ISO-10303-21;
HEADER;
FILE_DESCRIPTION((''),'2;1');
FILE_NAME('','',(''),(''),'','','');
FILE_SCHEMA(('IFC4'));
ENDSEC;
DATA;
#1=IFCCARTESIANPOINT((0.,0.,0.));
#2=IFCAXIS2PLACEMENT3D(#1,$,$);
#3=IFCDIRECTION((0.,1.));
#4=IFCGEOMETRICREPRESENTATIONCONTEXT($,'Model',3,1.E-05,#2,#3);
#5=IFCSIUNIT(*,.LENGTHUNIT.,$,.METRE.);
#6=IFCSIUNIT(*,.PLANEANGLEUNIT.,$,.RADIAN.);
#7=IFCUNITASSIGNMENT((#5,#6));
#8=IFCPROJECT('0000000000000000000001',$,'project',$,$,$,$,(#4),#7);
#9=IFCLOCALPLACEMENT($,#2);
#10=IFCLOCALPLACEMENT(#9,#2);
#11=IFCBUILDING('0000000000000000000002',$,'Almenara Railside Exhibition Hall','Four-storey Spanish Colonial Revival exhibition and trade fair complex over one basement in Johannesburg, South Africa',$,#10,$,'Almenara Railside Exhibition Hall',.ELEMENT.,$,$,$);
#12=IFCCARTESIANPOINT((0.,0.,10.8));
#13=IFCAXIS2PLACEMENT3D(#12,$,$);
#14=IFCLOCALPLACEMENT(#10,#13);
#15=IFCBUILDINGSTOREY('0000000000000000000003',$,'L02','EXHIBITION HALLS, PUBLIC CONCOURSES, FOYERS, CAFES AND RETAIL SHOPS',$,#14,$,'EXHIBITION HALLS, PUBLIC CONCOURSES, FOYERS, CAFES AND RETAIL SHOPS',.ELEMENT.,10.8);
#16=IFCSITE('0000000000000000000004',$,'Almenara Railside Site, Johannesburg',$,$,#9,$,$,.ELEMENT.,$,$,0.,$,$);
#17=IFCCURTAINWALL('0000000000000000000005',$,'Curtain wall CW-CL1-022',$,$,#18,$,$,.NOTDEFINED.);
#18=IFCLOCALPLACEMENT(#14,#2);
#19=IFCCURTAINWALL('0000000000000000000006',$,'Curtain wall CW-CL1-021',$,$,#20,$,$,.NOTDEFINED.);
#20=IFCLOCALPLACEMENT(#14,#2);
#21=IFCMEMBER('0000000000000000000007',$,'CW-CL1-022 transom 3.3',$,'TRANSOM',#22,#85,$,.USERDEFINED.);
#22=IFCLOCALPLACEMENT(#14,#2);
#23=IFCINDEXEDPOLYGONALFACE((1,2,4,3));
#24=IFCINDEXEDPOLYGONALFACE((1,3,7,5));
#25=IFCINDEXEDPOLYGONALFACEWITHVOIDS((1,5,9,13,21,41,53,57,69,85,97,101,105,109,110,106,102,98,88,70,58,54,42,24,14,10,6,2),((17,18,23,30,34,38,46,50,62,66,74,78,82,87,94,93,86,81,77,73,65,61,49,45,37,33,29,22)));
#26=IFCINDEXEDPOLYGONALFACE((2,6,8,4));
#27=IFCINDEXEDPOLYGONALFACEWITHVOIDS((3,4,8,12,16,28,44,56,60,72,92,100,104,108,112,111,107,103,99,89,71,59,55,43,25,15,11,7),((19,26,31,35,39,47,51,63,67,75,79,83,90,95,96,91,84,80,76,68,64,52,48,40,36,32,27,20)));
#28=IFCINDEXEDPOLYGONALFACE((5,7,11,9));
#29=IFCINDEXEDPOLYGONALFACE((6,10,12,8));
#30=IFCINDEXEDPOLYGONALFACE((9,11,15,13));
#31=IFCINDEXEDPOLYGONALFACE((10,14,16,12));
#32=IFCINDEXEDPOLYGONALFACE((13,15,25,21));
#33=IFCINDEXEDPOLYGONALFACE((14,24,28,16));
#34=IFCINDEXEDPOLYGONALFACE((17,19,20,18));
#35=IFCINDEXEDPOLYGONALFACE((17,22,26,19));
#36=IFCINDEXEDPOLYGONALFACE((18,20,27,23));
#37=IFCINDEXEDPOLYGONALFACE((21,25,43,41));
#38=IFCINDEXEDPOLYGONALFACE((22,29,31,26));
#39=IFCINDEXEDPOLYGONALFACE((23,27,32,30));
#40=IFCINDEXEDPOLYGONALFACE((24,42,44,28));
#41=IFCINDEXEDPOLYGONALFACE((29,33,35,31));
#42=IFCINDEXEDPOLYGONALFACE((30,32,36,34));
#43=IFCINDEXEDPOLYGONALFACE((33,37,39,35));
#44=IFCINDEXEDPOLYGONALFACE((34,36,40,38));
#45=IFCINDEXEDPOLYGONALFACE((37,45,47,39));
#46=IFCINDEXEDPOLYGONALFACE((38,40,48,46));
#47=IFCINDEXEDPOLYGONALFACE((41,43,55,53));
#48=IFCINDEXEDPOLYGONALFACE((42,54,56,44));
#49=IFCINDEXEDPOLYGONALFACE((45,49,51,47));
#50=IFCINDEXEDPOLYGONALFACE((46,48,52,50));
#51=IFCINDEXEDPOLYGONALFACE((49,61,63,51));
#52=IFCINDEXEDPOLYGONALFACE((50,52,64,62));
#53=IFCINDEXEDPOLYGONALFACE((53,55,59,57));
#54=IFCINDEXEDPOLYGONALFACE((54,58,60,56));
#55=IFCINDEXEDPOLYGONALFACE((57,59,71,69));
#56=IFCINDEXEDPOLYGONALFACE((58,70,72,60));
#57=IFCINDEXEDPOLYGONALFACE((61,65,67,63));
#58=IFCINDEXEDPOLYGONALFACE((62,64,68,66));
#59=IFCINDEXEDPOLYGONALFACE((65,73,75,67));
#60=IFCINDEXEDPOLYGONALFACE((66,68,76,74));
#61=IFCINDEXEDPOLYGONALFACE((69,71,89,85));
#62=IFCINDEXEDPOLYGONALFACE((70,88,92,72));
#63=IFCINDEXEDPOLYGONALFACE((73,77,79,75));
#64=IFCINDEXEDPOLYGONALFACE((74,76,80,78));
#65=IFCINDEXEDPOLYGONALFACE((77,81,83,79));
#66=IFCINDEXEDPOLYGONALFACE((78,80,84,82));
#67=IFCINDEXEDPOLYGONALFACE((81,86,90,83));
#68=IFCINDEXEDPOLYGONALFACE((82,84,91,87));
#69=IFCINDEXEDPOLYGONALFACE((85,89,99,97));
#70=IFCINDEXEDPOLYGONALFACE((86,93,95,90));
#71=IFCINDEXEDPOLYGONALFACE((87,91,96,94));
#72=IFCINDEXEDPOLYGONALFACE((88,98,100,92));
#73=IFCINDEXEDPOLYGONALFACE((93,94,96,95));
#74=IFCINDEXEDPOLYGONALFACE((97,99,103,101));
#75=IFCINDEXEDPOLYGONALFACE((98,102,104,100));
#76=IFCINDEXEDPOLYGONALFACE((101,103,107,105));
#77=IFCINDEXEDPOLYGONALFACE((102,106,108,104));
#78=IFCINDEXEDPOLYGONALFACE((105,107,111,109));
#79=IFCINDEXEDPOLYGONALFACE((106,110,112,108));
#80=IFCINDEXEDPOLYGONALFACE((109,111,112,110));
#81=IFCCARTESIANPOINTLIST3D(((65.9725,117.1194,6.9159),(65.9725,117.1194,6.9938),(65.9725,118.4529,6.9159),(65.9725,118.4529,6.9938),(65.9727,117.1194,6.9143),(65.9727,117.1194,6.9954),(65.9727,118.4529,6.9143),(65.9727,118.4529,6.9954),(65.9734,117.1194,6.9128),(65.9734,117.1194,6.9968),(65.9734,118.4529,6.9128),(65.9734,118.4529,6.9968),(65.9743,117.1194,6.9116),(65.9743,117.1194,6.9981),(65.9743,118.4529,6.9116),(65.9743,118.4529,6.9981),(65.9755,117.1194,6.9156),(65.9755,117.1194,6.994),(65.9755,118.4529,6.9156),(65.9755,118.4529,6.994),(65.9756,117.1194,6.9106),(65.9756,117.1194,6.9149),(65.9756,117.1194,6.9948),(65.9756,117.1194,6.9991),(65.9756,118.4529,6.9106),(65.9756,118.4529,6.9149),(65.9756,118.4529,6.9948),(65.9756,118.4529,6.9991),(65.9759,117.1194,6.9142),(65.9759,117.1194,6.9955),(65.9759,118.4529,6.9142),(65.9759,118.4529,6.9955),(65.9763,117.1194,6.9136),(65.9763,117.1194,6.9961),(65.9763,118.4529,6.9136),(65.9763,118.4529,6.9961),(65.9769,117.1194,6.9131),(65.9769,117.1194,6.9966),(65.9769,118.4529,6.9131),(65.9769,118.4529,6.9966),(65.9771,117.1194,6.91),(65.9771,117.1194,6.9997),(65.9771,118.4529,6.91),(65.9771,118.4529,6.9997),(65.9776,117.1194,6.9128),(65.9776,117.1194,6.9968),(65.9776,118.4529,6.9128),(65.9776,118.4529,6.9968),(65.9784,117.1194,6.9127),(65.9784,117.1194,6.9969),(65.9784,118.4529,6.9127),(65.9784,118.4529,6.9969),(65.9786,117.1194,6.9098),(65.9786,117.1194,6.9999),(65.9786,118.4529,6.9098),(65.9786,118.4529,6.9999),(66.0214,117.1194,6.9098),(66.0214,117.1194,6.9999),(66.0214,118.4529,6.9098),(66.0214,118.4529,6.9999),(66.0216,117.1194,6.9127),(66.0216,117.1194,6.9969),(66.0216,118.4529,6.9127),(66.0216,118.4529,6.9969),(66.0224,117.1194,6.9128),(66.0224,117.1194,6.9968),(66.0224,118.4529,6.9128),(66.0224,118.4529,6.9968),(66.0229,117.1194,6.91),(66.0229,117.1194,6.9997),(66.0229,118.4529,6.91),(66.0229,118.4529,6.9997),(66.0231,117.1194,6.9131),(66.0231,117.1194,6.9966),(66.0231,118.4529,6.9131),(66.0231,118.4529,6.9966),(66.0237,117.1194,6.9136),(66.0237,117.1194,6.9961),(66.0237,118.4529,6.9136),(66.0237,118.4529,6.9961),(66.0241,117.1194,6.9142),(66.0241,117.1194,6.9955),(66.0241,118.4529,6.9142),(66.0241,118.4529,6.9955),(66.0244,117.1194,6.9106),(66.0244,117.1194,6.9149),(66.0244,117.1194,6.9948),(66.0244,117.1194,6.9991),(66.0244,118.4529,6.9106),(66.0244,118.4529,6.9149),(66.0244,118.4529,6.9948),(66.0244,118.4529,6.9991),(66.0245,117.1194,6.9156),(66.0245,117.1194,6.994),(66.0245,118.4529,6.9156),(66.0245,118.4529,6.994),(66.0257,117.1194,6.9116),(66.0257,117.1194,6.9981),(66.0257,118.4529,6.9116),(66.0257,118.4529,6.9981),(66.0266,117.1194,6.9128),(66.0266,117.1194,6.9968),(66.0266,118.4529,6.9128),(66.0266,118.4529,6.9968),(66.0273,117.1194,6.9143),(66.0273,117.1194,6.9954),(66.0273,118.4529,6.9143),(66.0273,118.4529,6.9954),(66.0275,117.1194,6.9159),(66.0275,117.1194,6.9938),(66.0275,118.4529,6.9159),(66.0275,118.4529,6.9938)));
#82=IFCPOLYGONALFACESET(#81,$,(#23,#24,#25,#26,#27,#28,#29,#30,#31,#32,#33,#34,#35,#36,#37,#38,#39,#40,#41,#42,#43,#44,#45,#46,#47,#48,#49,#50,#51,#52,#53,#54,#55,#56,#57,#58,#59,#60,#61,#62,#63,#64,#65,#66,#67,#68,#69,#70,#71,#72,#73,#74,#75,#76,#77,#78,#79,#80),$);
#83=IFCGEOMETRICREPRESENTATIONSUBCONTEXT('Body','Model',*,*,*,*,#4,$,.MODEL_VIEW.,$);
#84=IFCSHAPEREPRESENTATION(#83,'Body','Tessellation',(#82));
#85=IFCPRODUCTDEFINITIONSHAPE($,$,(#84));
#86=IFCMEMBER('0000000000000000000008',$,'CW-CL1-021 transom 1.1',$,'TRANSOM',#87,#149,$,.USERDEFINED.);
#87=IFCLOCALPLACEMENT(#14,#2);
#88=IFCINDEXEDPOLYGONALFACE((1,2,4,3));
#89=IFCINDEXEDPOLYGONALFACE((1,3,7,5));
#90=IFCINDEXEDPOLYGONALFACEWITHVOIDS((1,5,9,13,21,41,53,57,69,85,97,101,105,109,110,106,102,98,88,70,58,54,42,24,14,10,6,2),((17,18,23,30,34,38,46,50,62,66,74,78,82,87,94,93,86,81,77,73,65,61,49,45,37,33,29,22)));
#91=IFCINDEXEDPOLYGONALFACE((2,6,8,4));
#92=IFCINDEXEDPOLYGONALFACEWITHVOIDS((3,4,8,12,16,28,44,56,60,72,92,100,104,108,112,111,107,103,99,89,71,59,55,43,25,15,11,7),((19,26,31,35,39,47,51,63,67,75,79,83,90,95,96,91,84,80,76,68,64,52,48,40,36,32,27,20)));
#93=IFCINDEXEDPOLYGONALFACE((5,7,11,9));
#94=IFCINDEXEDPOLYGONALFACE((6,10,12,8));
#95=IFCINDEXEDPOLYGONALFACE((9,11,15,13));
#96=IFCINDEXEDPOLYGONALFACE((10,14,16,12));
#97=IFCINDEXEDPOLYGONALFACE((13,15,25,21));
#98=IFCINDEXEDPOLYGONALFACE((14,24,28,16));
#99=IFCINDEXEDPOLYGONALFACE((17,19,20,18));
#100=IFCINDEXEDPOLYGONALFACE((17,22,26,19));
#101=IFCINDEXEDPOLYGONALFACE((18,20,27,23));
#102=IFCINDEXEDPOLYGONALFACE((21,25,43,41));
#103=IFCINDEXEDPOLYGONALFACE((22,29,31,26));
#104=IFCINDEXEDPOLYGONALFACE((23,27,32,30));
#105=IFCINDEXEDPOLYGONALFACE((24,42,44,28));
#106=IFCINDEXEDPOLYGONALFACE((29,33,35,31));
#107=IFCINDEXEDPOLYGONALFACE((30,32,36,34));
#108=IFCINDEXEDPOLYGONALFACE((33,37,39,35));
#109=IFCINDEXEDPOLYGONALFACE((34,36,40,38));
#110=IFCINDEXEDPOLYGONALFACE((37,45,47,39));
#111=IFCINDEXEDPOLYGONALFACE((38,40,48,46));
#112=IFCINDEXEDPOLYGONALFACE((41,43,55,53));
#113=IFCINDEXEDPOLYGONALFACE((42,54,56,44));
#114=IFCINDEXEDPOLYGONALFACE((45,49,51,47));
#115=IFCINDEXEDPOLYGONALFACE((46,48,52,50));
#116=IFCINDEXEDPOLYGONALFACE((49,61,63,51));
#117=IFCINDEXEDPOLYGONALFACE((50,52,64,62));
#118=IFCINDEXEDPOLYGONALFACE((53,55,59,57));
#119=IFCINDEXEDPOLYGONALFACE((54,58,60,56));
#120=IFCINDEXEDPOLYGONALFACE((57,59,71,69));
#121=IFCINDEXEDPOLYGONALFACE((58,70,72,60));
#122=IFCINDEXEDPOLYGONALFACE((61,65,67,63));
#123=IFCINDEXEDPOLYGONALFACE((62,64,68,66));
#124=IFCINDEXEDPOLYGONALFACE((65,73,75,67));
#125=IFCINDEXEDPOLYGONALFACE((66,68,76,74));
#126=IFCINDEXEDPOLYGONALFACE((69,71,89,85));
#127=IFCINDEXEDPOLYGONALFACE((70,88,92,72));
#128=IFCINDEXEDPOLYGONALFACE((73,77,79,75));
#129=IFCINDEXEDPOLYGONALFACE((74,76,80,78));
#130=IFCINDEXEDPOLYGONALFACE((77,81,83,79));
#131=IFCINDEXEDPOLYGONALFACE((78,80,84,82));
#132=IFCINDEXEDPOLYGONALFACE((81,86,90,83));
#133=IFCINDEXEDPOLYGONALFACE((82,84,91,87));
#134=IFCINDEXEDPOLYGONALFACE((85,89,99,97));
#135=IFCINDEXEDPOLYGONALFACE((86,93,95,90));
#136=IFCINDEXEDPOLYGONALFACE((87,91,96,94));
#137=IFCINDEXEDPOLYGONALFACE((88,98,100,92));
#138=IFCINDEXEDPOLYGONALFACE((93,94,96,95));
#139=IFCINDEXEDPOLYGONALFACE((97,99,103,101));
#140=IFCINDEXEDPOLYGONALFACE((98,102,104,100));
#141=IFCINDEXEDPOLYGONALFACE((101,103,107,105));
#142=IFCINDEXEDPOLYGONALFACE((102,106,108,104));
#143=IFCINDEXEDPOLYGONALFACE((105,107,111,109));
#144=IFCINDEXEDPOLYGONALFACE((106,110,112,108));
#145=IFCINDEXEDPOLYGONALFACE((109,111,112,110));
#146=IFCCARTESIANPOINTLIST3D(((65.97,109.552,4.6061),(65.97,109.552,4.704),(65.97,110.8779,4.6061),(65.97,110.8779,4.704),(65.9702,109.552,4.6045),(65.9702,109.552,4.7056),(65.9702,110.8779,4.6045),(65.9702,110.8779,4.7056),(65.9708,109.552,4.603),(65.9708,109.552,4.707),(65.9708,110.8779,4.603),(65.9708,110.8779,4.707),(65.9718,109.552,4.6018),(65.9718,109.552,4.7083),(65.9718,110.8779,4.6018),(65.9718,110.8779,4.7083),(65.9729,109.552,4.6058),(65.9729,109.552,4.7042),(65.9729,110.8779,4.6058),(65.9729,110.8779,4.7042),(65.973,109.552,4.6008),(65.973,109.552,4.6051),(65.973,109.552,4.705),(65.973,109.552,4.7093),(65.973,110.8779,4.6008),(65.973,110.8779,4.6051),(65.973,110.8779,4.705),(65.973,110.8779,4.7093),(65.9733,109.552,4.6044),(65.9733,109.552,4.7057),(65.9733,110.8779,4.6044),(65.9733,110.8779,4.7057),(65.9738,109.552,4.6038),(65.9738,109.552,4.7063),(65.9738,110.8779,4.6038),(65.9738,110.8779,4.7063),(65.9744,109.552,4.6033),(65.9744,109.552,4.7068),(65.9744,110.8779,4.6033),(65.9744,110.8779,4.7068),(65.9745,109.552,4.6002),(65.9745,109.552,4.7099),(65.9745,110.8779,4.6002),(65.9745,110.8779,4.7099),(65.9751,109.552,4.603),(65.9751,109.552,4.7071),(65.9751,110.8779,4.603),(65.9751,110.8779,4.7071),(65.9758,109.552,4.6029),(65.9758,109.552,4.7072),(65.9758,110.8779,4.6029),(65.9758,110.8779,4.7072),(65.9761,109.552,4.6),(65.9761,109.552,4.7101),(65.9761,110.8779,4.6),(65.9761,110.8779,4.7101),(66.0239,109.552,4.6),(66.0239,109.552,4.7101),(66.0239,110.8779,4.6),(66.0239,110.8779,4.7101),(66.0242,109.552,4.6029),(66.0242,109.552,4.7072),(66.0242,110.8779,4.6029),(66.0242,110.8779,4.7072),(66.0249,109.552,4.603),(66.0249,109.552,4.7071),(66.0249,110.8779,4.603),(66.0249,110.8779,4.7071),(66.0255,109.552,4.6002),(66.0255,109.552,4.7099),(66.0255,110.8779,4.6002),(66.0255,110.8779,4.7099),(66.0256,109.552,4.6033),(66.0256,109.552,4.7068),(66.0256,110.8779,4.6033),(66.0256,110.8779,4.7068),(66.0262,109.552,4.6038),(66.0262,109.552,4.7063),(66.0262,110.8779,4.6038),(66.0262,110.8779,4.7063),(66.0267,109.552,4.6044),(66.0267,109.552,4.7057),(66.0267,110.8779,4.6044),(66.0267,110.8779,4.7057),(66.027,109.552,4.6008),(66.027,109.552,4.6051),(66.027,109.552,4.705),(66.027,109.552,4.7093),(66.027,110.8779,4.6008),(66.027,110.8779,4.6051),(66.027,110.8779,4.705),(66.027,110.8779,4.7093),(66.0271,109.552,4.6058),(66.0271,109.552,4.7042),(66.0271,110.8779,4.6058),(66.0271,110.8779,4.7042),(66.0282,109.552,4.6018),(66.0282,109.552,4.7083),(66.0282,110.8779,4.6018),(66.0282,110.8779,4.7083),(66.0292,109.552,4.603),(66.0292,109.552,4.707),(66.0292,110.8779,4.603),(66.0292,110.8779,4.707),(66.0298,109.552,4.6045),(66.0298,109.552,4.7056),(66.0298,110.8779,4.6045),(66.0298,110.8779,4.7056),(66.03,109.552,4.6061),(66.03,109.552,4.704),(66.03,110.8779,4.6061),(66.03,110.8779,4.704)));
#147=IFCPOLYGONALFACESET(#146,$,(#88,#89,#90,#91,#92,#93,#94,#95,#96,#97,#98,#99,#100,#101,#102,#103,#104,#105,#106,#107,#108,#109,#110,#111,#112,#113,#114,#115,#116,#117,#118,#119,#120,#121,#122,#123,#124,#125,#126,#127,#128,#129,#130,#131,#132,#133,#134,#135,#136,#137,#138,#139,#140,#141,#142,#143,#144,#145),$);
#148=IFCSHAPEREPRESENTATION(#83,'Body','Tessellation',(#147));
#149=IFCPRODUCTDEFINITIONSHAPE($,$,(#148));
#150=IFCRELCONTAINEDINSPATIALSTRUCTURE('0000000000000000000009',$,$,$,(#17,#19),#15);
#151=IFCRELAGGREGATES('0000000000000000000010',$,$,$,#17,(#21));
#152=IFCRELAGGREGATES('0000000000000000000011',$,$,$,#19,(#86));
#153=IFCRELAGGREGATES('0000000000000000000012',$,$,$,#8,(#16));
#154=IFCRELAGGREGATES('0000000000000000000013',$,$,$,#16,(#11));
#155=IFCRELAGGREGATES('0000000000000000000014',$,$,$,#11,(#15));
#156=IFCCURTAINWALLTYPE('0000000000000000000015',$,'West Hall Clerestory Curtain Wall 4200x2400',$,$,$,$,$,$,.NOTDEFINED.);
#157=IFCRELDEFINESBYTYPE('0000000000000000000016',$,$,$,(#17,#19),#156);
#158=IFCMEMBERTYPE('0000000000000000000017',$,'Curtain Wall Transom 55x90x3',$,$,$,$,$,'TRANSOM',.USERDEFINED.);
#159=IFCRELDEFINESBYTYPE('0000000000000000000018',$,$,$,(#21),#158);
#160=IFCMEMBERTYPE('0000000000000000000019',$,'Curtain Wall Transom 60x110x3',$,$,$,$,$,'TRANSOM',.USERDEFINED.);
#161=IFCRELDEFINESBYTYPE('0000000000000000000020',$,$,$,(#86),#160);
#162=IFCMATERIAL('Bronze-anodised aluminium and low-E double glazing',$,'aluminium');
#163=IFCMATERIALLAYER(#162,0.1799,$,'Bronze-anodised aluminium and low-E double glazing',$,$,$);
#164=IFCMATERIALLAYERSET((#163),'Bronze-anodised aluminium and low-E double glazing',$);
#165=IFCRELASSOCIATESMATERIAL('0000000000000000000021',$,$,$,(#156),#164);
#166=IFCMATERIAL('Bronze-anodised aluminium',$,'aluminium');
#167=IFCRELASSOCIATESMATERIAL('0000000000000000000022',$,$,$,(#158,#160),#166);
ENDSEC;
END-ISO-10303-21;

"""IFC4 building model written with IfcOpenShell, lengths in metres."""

from ifc_helpers import new_model, si_unit, direction, frame, origin, origin_2d, place, context, subcontext, project, spatial, hollow_rectangle, extrude, material, layer, layer_set, material_profile, profile_set, type_object, element, aggregate, save


model = new_model("IFC4")

# Units and contexts
model_context = context("Model", 3, precision=1e-05, world=origin(), true_north=direction((0.0, 1.0)))
body_context = subcontext(model_context, "Body", "Model", "MODEL_VIEW")
ifc_project = project(units=[si_unit("LENGTHUNIT", "METRE"), si_unit("PLANEANGLEUNIT", "RADIAN")], contexts=[model_context])

# Site, building, storey
site_placement = place(None, origin())
site = spatial("IfcSite", under=ifc_project, at=site_placement, Name="Almenara Railside Site, Johannesburg", CompositionType="ELEMENT", RefElevation=0.0)
building_placement = place(site_placement, origin())
building = spatial("IfcBuilding", under=site, at=building_placement, Name="Almenara Railside Exhibition Hall", Description="Four-storey Spanish Colonial Revival exhibition and trade fair complex over one basement in Johannesburg, South Africa", LongName="Almenara Railside Exhibition Hall", CompositionType="ELEMENT")
storey_placement = place(building_placement, frame((0.0, 0.0, 10.8)))
storey = spatial("IfcBuildingStorey", under=building, at=storey_placement, Name="L02", Description="EXHIBITION HALLS, PUBLIC CONCOURSES, FOYERS, CAFES AND RETAIL SHOPS", LongName="EXHIBITION HALLS, PUBLIC CONCOURSES, FOYERS, CAFES AND RETAIL SHOPS", CompositionType="ELEMENT", Elevation=10.8)

# Curtain walls
ifc_material_1 = material(Name="Bronze-anodised aluminium and low-E double glazing", Category="aluminium")
ifc_layer_1 = layer(ifc_material_1, 0.1799, Name="Bronze-anodised aluminium and low-E double glazing")
ifc_layer_set_1 = layer_set([ifc_layer_1], Name="Bronze-anodised aluminium and low-E double glazing")
curtain_wall_type = type_object("IfcCurtainWallType", Name="West Hall Clerestory Curtain Wall 4200x2400", PredefinedType="NOTDEFINED", material=ifc_layer_set_1)
curtain_wall_1_placement = place(storey_placement, origin())
curtain_wall_1 = element("IfcCurtainWall", 1, at=curtain_wall_1_placement, inside=storey, type_object=curtain_wall_type, Name="Curtain wall CW-CL1-022", PredefinedType="NOTDEFINED")
ifc_material_2 = material(Name="Bronze-anodised aluminium", Category="aluminium")
curtain_wall_2_placement = place(storey_placement, origin())
curtain_wall_2 = element("IfcCurtainWall", 2, at=curtain_wall_2_placement, inside=storey, type_object=curtain_wall_type, Name="Curtain wall CW-CL1-021", PredefinedType="NOTDEFINED")

# Members
ifc_material_profile_1 = material_profile(ifc_material_2, hollow_rectangle(XDim=0.0549, YDim=0.0901, WallThickness=0.0029, InnerFilletRadius=0.0029, OuterFilletRadius=0.0061, at=origin_2d()), Name="ALU-TRN 55x90x3")
ifc_profile_set_1 = profile_set([ifc_material_profile_1], Name="Bronze-anodised aluminium")
member_type_1 = type_object("IfcMemberType", Name="Curtain Wall Transom 55x90x3", ElementType="TRANSOM", PredefinedType="USERDEFINED", material=ifc_profile_set_1)
member_1_placement = place(storey_placement, frame((66.0, 117.1194, 6.9548), z_axis=(0.0, 1.0, 0.0), x_axis=(-1.0, 0.0, 0.0)))
member_1 = element("IfcMember", 3, at=member_1_placement, type_object=member_type_1, Name="CW-CL1-022 transom 3.3", ObjectType="TRANSOM", PredefinedType="USERDEFINED", context=body_context, shape_type="SweptSolid", body=[
    extrude(hollow_rectangle(XDim=0.0549, YDim=0.0901, WallThickness=0.0029, InnerFilletRadius=0.0029, OuterFilletRadius=0.0061, at=origin_2d()), origin(), (0.0, 0.0, 1.0), 1.3335),
])
ifc_material_profile_2 = material_profile(ifc_material_2, hollow_rectangle(XDim=0.0601, YDim=0.1101, WallThickness=0.0029, InnerFilletRadius=0.0029, OuterFilletRadius=0.0061, at=origin_2d()), Name="ALU-TRN 60x110x3")
ifc_profile_set_2 = profile_set([ifc_material_profile_2], Name="Bronze-anodised aluminium")
member_type_2 = type_object("IfcMemberType", Name="Curtain Wall Transom 60x110x3", ElementType="TRANSOM", PredefinedType="USERDEFINED", material=ifc_profile_set_2)
member_2_placement = place(storey_placement, frame((66.0, 109.552, 4.655), z_axis=(0.0, 1.0, 0.0), x_axis=(-1.0, 0.0, 0.0)))
member_2 = element("IfcMember", 4, at=member_2_placement, type_object=member_type_2, Name="CW-CL1-021 transom 1.1", ObjectType="TRANSOM", PredefinedType="USERDEFINED", context=body_context, shape_type="SweptSolid", body=[
    extrude(hollow_rectangle(XDim=0.0601, YDim=0.1101, WallThickness=0.0029, InnerFilletRadius=0.0029, OuterFilletRadius=0.0061, at=origin_2d()), origin(), (0.0, 0.0, 1.0), 1.3259),
])

aggregate(curtain_wall_1, [member_1])
aggregate(curtain_wall_2, [member_2])

save(model, "model.ifc")
